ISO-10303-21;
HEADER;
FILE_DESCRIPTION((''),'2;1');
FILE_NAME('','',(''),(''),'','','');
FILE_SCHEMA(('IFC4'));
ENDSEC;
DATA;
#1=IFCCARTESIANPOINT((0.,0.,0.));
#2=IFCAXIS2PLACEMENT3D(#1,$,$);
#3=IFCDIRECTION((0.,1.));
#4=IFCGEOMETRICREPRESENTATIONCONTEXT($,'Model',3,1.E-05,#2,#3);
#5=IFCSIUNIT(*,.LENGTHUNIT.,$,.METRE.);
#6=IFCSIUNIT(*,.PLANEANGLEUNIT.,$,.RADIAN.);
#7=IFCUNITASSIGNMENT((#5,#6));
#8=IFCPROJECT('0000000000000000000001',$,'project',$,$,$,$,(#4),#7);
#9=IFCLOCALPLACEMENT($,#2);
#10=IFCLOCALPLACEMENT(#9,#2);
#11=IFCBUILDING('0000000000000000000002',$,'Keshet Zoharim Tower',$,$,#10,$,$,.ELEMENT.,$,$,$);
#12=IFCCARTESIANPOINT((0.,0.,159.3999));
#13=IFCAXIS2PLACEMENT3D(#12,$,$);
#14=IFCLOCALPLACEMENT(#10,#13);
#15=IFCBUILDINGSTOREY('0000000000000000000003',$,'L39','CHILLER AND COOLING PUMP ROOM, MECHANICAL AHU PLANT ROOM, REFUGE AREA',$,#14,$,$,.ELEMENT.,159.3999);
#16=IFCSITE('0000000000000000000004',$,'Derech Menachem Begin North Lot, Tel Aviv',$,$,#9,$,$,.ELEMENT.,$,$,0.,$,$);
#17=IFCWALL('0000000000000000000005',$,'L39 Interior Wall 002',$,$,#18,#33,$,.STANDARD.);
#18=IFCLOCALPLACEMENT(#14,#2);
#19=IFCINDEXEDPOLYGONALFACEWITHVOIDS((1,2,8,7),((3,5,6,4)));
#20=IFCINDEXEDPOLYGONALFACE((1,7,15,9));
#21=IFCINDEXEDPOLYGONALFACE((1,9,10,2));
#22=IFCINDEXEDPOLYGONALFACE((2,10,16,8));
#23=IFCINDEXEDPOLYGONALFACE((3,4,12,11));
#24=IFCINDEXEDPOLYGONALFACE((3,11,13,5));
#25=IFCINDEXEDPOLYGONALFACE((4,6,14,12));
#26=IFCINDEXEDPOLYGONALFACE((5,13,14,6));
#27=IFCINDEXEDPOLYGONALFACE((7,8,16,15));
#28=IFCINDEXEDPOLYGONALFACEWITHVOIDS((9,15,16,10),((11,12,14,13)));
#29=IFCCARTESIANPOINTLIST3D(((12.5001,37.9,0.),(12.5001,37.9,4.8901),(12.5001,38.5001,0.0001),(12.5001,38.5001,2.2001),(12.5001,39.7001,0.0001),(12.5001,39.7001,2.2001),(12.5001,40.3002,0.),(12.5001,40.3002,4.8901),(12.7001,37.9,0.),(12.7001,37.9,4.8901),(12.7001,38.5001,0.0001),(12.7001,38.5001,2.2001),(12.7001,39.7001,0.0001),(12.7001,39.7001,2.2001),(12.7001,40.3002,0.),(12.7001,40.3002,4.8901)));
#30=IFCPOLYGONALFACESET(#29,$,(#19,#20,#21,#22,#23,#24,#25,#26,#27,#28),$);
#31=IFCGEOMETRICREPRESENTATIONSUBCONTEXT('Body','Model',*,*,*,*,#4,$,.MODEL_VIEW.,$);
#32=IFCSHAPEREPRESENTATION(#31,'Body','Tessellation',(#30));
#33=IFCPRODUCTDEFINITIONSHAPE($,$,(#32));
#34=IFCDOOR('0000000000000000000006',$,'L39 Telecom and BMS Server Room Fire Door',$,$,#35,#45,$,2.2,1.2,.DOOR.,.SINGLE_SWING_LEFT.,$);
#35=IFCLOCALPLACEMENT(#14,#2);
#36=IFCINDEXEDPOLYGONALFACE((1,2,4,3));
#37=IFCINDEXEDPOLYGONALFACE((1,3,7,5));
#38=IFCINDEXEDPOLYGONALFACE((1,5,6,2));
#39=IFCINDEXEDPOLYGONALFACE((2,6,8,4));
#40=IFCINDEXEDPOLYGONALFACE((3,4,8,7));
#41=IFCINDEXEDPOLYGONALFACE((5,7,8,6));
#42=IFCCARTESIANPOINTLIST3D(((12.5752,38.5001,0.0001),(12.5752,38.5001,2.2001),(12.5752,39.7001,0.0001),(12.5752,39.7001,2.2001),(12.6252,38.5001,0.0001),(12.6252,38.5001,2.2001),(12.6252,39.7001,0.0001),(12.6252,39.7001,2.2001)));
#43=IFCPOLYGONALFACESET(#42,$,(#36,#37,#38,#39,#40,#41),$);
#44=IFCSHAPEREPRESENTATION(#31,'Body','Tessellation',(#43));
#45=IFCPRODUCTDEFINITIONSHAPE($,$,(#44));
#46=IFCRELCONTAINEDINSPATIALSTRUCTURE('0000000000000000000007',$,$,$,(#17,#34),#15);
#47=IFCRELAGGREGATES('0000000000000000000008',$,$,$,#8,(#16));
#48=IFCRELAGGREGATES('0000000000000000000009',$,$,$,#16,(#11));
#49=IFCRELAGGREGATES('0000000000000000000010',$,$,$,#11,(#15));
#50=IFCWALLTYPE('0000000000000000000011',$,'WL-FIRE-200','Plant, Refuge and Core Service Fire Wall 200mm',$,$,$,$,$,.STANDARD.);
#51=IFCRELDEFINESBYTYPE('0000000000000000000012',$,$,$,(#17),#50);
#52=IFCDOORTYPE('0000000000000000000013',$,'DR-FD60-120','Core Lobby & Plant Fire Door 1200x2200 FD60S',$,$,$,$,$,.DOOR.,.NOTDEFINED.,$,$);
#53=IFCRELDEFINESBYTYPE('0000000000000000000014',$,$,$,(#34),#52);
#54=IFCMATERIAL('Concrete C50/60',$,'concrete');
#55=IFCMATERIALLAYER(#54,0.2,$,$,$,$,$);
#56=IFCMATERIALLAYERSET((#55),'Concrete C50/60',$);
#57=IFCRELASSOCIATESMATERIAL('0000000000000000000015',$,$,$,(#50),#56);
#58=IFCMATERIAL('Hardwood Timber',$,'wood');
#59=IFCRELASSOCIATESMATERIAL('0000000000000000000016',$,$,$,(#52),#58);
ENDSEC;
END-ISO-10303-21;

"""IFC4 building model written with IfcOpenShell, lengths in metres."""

from ifc_helpers import new_model, si_unit, direction, frame, frame_2d, origin, place, context, subcontext, project, spatial, rectangle, extrude, material, layer, layer_set, type_object, element, fill, save


model = new_model("IFC4")

# Units and contexts
model_context = context("Model", 3, precision=1e-05, world=origin(), true_north=direction((0.0, 1.0)))
body_context = subcontext(model_context, "Body", "Model", "MODEL_VIEW")
ifc_project = project(units=[si_unit("LENGTHUNIT", "METRE"), si_unit("PLANEANGLEUNIT", "RADIAN")], contexts=[model_context])

# Site, building, storey
site_placement = place(None, origin())
site = spatial("IfcSite", under=ifc_project, at=site_placement, Name="Derech Menachem Begin North Lot, Tel Aviv", CompositionType="ELEMENT", RefElevation=0.0)
building_placement = place(site_placement, origin())
building = spatial("IfcBuilding", under=site, at=building_placement, Name="Keshet Zoharim Tower", CompositionType="ELEMENT")
storey_placement = place(building_placement, frame((0.0, 0.0, 159.3999)))
storey = spatial("IfcBuildingStorey", under=building, at=storey_placement, Name="L39", Description="CHILLER AND COOLING PUMP ROOM, MECHANICAL AHU PLANT ROOM, REFUGE AREA", CompositionType="ELEMENT", Elevation=159.3999)

# Wall, opening, door
ifc_material_1 = material(Name="Concrete C50/60", Category="concrete")
ifc_layer_1 = layer(ifc_material_1, 0.2)
ifc_layer_set_1 = layer_set([ifc_layer_1], Name="Concrete C50/60")
wall_type_1 = type_object("IfcWallType", Name="WL-FIRE-200", Description="Plant, Refuge and Core Service Fire Wall 200mm", PredefinedType="STANDARD", material=ifc_layer_set_1)
wall_1_placement = place(storey_placement, frame((12.6001, 37.8999, 0.0), z_axis=(0.0, 0.0, 1.0), x_axis=(0.0, 1.0, 0.0)))
wall_1 = element("IfcWall", 1, at=wall_1_placement, inside=storey, type_object=wall_type_1, Name="L39 Interior Wall 002", PredefinedType="STANDARD", context=body_context, shape_type="SweptSolid", body=[
    extrude(rectangle(XDim=2.4001, YDim=0.2, at=frame_2d((1.2002, 0.0))), origin(), (0.0, 0.0, 1.0), 4.8901),
])
opening_placement = place(wall_1_placement, frame((0.6001, 0.0, 0.0)))
opening = element("IfcOpeningElement", 2, at=opening_placement, cuts=wall_1, PredefinedType="OPENING", context=body_context, shape_type="SweptSolid", body=[
    extrude(rectangle(XDim=1.2, YDim=2.2, at=frame_2d((0.6001, 1.1001))), frame((0.0, 0.1099, 0.0), z_axis=(0.0, -1.0, 0.0), x_axis=(1.0, 0.0, 0.0)), (0.0, 0.0, 1.0), 0.22),
])
ifc_material_2 = material(Name="Hardwood Timber", Category="wood")
door_type = type_object("IfcDoorType", Name="DR-FD60-120", Description="Core Lobby & Plant Fire Door 1200x2200 FD60S", OperationType="NOTDEFINED", PredefinedType="DOOR", material=ifc_material_2)
door_placement = place(opening_placement, origin())
door = element("IfcDoor", 3, at=door_placement, inside=storey, type_object=door_type, Name="L39 Telecom and BMS Server Room Fire Door", OperationType="SINGLE_SWING_LEFT", OverallHeight=2.2, OverallWidth=1.2, PredefinedType="DOOR", context=body_context, shape_type="SweptSolid", body=[
    extrude(rectangle(XDim=1.2, YDim=2.2, at=frame_2d((0.6001, 1.1001))), frame((0.0, 0.0249, 0.0), z_axis=(0.0, -1.0, 0.0), x_axis=(1.0, 0.0, 0.0)), (0.0, 0.0, 1.0), 0.05),
])
fill(opening, door)

save(model, "model.ifc")
